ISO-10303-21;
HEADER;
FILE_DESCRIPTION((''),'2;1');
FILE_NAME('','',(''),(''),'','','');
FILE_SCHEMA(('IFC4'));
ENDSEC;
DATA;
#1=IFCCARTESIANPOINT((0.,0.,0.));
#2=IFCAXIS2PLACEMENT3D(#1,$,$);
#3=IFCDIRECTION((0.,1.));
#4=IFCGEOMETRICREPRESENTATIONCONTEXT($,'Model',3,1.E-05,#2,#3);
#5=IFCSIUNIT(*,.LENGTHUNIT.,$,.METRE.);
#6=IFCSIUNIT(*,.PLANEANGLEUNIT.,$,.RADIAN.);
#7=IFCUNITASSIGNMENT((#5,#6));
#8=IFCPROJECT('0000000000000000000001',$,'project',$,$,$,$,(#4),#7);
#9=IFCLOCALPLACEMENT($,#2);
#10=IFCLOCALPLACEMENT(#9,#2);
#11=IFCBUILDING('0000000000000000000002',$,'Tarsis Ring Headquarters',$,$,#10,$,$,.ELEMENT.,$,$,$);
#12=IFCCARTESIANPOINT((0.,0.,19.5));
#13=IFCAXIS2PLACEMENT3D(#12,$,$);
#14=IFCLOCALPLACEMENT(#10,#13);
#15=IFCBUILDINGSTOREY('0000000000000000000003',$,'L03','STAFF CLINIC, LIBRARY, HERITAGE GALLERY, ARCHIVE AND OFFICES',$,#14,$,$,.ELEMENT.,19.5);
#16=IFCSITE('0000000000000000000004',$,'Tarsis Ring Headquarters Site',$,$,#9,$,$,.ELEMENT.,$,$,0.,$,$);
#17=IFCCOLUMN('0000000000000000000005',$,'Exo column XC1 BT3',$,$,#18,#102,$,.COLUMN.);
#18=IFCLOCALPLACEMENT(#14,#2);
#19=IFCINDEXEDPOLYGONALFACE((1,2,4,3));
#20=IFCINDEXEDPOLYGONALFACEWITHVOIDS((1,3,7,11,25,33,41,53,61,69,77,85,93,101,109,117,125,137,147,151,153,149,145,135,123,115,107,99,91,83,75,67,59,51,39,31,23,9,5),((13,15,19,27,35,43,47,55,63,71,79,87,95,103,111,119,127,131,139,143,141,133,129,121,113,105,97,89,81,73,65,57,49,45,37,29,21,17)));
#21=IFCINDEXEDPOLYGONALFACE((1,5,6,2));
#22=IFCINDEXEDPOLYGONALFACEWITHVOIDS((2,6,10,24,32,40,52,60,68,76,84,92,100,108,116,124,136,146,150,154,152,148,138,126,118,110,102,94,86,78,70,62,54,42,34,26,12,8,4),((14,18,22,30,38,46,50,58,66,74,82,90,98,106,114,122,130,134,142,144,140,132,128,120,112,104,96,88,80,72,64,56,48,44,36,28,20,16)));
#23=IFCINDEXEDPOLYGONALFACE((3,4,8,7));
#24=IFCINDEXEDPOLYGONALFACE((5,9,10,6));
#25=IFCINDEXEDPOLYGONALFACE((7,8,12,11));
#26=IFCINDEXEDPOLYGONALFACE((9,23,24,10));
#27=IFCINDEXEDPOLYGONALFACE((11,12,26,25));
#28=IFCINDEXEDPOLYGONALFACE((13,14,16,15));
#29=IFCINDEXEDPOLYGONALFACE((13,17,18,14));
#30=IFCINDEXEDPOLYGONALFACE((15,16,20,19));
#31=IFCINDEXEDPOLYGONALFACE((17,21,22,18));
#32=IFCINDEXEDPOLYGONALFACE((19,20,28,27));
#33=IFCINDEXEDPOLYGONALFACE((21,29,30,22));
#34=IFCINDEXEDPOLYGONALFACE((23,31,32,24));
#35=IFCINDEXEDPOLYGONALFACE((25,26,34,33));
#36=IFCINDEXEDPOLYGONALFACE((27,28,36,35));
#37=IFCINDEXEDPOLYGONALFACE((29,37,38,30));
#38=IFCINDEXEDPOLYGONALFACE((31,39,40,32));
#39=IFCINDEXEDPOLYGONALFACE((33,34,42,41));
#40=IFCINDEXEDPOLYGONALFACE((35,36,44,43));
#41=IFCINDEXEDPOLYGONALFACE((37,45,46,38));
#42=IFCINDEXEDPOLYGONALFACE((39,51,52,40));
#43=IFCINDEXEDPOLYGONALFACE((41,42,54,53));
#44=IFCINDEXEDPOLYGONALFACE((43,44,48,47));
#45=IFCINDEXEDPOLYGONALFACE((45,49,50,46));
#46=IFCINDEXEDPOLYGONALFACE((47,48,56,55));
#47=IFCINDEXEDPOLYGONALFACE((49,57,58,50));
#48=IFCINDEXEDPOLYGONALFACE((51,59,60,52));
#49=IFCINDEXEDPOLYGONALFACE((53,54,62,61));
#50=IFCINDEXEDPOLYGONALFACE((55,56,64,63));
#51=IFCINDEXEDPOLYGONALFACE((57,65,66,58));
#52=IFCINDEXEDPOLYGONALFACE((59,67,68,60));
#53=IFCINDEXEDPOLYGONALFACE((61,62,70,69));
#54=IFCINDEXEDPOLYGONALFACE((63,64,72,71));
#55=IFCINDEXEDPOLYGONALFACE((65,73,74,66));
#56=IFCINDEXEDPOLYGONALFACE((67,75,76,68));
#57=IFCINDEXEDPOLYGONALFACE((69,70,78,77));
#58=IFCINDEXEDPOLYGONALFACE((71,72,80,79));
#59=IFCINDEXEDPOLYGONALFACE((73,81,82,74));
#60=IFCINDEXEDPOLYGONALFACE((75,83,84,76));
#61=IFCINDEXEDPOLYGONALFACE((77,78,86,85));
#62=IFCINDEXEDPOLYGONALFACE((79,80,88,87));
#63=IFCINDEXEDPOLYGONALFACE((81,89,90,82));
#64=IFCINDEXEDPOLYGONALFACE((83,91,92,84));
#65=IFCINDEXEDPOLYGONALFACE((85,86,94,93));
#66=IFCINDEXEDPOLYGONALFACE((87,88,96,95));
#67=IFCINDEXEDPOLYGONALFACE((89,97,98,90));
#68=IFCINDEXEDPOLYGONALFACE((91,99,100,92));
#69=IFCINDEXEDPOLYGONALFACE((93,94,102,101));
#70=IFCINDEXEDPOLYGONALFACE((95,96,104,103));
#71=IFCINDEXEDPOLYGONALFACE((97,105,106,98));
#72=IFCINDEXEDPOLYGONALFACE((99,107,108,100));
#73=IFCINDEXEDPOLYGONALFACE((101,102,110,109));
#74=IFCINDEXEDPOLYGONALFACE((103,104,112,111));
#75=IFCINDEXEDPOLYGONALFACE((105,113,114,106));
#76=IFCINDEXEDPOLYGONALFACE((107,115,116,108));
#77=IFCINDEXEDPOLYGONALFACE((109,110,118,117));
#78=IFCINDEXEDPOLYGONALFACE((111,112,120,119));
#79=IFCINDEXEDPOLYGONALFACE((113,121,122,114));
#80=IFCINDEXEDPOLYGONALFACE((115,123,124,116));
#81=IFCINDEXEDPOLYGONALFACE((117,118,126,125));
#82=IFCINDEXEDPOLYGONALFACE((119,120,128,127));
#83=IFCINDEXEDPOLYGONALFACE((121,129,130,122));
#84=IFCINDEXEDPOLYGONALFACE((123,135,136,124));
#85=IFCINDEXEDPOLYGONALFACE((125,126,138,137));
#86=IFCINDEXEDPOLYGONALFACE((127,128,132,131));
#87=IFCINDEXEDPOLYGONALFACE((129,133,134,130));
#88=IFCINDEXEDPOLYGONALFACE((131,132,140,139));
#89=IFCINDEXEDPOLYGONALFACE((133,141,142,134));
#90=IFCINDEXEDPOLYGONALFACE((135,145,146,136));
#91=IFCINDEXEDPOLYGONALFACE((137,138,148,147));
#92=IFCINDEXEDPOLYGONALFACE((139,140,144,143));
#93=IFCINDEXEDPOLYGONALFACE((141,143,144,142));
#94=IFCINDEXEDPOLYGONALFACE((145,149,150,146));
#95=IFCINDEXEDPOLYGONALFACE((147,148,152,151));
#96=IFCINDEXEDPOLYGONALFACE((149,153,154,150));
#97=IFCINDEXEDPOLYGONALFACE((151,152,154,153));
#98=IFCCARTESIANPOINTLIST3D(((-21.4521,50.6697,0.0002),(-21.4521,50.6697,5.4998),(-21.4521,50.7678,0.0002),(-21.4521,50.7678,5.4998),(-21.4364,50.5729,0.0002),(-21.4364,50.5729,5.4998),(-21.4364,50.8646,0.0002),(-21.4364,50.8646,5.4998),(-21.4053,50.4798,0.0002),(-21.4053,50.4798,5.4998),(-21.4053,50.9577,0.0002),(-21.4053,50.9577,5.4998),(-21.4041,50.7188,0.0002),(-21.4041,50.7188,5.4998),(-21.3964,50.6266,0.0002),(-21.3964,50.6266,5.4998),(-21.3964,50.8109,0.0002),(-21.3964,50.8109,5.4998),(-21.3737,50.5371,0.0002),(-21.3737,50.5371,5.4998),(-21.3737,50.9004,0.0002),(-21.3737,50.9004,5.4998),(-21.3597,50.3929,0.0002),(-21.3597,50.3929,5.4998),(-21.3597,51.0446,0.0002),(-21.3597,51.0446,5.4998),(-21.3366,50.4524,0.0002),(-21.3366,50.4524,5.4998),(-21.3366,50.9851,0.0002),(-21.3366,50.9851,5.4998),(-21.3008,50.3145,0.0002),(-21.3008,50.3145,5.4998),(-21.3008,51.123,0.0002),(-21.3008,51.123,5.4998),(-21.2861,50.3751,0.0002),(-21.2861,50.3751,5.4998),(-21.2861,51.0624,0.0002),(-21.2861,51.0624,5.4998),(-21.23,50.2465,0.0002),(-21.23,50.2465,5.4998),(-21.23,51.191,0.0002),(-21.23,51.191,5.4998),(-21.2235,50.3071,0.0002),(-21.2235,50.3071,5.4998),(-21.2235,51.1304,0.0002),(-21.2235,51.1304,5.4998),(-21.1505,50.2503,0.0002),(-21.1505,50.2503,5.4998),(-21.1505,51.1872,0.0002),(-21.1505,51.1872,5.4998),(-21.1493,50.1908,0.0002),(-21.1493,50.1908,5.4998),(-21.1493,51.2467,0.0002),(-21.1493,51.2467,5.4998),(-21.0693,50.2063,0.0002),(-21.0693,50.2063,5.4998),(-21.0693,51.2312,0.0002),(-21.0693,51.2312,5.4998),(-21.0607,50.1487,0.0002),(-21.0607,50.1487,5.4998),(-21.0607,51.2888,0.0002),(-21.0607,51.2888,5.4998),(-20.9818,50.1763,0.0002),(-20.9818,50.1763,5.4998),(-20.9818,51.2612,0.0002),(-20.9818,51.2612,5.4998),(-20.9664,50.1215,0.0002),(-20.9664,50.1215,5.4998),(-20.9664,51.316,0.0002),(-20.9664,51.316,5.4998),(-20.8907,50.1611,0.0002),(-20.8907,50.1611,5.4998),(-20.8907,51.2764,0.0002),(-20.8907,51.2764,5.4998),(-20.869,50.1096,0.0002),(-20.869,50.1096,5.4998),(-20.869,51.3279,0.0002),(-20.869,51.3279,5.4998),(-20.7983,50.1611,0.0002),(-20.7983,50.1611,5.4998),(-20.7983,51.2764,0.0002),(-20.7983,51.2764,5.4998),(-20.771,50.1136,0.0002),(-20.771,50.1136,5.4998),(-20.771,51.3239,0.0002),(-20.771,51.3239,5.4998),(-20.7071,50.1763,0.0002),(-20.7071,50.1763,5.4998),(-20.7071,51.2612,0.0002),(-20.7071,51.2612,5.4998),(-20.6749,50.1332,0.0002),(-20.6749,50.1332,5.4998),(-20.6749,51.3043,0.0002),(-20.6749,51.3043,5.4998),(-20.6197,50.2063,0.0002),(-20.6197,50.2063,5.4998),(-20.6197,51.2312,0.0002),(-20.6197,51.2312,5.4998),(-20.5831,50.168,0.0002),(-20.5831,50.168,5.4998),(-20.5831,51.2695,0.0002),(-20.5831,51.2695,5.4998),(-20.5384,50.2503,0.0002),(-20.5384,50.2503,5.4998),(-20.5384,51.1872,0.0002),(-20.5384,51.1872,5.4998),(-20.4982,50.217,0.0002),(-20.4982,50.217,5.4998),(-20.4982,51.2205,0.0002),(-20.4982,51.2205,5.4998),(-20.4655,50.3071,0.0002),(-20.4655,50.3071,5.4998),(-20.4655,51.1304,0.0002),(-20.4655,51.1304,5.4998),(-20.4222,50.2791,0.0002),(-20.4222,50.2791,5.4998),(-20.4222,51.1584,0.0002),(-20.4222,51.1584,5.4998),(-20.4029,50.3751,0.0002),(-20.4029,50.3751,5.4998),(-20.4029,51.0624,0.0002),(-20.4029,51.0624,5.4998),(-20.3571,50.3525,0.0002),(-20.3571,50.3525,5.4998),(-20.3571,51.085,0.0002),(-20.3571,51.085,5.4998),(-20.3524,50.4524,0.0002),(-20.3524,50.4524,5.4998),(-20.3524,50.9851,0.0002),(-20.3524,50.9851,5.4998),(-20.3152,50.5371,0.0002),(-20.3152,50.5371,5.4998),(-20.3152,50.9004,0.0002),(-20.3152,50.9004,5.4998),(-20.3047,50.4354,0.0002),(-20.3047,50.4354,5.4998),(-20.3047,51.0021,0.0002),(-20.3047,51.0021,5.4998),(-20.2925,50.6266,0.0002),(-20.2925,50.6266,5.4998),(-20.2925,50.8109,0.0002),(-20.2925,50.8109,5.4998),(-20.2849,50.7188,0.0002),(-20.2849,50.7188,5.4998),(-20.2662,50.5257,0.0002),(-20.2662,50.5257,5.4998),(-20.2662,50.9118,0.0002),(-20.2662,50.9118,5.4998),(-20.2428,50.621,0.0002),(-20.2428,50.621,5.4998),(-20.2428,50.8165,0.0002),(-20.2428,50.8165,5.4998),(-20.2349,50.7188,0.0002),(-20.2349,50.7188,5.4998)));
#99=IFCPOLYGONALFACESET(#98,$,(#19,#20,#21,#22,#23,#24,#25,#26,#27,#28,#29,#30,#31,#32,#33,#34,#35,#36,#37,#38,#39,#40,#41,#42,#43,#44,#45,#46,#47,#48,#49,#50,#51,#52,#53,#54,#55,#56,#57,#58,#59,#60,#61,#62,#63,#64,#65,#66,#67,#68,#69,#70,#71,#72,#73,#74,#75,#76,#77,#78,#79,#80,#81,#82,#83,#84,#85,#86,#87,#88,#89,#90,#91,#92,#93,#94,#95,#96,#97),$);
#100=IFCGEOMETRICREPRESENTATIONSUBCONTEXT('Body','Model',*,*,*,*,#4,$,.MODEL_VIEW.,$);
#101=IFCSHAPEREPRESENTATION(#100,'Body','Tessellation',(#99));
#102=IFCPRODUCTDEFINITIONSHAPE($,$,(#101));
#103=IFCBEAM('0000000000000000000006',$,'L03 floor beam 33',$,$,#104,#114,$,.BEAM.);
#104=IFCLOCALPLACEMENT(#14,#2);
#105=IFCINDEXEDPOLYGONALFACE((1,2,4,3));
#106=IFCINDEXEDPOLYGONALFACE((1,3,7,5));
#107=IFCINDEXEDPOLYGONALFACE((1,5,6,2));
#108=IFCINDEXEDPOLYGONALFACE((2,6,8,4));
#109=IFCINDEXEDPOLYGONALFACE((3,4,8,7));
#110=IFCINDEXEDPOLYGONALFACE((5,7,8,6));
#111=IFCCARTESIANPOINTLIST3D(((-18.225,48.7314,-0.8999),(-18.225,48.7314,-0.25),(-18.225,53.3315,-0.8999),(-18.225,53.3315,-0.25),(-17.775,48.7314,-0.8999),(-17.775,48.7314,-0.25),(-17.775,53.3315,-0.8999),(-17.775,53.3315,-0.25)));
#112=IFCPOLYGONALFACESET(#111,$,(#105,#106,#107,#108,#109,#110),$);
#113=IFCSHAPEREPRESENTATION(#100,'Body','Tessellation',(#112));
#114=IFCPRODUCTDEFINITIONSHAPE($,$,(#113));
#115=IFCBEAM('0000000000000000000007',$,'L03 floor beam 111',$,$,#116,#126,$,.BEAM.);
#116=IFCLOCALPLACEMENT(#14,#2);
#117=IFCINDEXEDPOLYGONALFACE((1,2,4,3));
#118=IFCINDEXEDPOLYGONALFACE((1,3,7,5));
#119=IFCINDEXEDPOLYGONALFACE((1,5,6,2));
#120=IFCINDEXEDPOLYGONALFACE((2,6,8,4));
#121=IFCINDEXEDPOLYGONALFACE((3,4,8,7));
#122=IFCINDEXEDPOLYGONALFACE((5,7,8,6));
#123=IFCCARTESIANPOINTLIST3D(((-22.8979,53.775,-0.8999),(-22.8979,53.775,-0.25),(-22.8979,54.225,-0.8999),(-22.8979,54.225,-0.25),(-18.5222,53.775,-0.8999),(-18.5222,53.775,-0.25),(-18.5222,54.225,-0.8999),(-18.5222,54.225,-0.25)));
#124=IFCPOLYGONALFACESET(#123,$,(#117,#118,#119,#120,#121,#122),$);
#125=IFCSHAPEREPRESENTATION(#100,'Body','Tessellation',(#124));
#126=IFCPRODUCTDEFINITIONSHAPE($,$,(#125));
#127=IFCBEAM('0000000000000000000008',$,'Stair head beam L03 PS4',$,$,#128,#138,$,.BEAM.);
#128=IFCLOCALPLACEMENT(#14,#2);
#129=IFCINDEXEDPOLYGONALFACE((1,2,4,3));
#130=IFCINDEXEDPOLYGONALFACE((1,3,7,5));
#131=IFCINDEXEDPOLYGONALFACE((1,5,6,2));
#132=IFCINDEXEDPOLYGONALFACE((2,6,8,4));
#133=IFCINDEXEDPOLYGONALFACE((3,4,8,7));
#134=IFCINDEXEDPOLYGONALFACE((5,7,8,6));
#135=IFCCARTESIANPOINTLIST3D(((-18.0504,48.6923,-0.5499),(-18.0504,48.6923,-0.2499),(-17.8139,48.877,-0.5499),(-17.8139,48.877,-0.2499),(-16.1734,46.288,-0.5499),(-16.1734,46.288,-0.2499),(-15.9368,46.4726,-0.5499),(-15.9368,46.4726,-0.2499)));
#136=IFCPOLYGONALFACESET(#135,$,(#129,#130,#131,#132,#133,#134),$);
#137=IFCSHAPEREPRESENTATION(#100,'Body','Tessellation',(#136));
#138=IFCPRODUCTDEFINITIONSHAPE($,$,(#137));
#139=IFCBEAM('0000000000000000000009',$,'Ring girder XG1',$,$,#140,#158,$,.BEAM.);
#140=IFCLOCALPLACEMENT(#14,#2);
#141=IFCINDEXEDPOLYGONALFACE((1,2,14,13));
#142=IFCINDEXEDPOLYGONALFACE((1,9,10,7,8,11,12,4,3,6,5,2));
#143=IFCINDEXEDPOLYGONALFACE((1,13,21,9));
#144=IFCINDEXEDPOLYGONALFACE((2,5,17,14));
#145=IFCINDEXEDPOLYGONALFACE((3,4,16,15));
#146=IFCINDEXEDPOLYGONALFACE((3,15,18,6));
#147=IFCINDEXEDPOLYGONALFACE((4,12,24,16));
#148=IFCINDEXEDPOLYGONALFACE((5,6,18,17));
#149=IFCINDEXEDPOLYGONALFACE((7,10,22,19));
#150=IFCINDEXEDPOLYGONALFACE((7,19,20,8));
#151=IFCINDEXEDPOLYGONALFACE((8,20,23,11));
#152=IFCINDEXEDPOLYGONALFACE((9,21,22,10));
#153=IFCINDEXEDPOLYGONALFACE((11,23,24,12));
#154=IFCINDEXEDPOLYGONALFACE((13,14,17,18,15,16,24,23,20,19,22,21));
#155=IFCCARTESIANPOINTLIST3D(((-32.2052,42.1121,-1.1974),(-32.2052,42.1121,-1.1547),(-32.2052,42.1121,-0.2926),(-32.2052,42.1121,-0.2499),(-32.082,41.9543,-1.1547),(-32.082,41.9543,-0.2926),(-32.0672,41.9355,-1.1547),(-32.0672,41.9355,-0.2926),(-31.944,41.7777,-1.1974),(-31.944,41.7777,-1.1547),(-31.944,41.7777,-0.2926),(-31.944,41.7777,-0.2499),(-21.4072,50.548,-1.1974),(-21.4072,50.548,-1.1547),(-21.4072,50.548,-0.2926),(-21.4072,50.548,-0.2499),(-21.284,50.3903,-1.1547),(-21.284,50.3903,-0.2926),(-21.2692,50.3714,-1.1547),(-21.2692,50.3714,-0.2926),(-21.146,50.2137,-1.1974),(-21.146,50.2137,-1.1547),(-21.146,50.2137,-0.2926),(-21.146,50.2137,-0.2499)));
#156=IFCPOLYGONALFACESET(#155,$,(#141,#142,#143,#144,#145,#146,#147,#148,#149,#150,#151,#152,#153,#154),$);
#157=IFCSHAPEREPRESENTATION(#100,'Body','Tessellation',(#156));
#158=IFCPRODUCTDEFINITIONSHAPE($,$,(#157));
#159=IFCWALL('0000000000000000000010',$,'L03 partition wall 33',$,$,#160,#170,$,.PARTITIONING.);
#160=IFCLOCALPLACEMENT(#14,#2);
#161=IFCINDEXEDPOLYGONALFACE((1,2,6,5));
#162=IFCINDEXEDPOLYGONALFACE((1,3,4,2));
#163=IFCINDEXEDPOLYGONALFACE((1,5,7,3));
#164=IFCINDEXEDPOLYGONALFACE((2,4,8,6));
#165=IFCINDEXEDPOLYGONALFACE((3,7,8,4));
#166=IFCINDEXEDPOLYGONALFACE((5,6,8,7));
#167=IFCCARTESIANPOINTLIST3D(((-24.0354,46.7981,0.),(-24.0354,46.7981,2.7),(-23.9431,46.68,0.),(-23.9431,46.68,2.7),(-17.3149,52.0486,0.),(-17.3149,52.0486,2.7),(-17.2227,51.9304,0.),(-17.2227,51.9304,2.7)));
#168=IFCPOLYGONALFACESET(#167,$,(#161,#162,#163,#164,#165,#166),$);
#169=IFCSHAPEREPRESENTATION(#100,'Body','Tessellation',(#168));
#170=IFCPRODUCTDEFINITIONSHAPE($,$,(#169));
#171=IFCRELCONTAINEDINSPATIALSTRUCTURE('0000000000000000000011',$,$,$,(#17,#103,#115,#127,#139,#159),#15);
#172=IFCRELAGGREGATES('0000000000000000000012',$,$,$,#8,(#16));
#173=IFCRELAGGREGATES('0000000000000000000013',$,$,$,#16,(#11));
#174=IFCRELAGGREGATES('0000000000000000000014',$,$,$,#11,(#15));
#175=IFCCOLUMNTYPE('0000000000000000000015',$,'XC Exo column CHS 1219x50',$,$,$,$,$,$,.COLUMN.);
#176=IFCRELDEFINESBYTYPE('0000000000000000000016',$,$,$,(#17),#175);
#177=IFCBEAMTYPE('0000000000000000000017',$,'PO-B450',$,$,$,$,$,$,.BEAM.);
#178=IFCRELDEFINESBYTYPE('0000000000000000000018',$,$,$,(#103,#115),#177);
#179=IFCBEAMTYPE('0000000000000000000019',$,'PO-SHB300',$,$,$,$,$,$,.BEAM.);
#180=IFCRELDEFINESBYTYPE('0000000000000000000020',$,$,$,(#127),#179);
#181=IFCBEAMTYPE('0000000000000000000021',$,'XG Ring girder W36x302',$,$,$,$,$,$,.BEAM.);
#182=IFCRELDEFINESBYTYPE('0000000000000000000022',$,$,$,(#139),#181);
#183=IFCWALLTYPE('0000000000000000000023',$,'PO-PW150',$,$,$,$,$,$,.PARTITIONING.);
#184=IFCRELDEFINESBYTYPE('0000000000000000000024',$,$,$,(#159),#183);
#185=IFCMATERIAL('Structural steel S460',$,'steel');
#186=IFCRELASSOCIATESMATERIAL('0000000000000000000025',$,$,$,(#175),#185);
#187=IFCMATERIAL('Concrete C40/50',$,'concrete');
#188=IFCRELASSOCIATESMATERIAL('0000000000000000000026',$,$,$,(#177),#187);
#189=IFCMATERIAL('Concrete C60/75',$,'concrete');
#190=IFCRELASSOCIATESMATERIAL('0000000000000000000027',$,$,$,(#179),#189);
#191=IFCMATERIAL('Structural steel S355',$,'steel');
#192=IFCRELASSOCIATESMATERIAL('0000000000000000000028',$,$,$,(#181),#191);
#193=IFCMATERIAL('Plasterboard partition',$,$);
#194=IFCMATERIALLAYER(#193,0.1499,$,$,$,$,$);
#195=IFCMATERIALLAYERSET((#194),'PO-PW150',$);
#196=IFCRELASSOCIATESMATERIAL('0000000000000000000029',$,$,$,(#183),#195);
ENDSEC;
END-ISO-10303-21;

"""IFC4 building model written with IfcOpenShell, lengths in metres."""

from ifc_helpers import new_model, si_unit, direction, frame, frame_2d, origin, origin_2d, place, context, subcontext, project, spatial, rectangle, hollow_circle, i_section, extrude, material, layer, layer_set, material_profile, profile_set, type_object, element, save


model = new_model("IFC4")

# Units and contexts
model_context = context("Model", 3, precision=1e-05, world=origin(), true_north=direction((0.0, 1.0)))
body_context = subcontext(model_context, "Body", "Model", "MODEL_VIEW")
ifc_project = project(units=[si_unit("LENGTHUNIT", "METRE"), si_unit("PLANEANGLEUNIT", "RADIAN")], contexts=[model_context])

# Site, building, storey
site_placement = place(None, origin())
site = spatial("IfcSite", under=ifc_project, at=site_placement, Name="Tarsis Ring Headquarters Site", CompositionType="ELEMENT", RefElevation=0.0)
building_placement = place(site_placement, origin())
building = spatial("IfcBuilding", under=site, at=building_placement, Name="Tarsis Ring Headquarters", CompositionType="ELEMENT")
storey_placement = place(building_placement, frame((0.0, 0.0, 19.5)))
storey = spatial("IfcBuildingStorey", under=building, at=storey_placement, Name="L03", Description="STAFF CLINIC, LIBRARY, HERITAGE GALLERY, ARCHIVE AND OFFICES", CompositionType="ELEMENT", Elevation=19.5)

# Column
ifc_material_1 = material(Name="Structural steel S460", Category="steel")
ifc_material_profile_1 = material_profile(ifc_material_1, hollow_circle(Radius=0.6096, WallThickness=0.05, at=origin_2d()), Name="CHS 1219x50")
ifc_profile_set_1 = profile_set([ifc_material_profile_1], Name="Structural steel S460")
column_type = type_object("IfcColumnType", Name="XC Exo column CHS 1219x50", PredefinedType="COLUMN", material=ifc_profile_set_1)
column_placement = place(storey_placement, frame((-20.8445, 50.7188, 0.0002), z_axis=(0.0, 0.0, 1.0), x_axis=(1.0, 0.0, 0.0)))
element("IfcColumn", 1, at=column_placement, inside=storey, type_object=column_type, Name="Exo column XC1 BT3", PredefinedType="COLUMN", context=body_context, shape_type="SweptSolid", body=[
    extrude(hollow_circle(Radius=0.6096, WallThickness=0.05, at=origin_2d()), origin(), (0.0, 0.0, 1.0), 5.4995),
])

# Beams
ifc_material_2 = material(Name="Concrete C40/50", Category="concrete")
ifc_material_profile_2 = material_profile(ifc_material_2, rectangle(XDim=0.45, YDim=0.6499, at=origin_2d()), Name="PO-B450")
ifc_profile_set_2 = profile_set([ifc_material_profile_2], Name="Concrete C40/50")
beam_type_1 = type_object("IfcBeamType", Name="PO-B450", PredefinedType="BEAM", material=ifc_profile_set_2)
beam_1_placement = place(storey_placement, frame((-18.0, 48.7314, -0.575), z_axis=(0.0, 1.0, 0.0), x_axis=(-1.0, 0.0, 0.0)))
element("IfcBeam", 2, at=beam_1_placement, inside=storey, type_object=beam_type_1, Name="L03 floor beam 33", PredefinedType="BEAM", context=body_context, shape_type="SweptSolid", body=[
    extrude(rectangle(XDim=0.45, YDim=0.6499, at=origin_2d()), origin(), (0.0, 0.0, 1.0), 4.6001),
])
beam_2_placement = place(storey_placement, frame((-22.8979, 54.0, -0.575), z_axis=(1.0, 0.0, 0.0), x_axis=(0.0, 1.0, 0.0)))
element("IfcBeam", 3, at=beam_2_placement, inside=storey, type_object=beam_type_1, Name="L03 floor beam 111", PredefinedType="BEAM", context=body_context, shape_type="SweptSolid", body=[
    extrude(rectangle(XDim=0.45, YDim=0.6499, at=origin_2d()), origin(), (0.0, 0.0, 1.0), 4.3757),
])
ifc_material_3 = material(Name="Concrete C60/75", Category="concrete")
ifc_material_profile_3 = material_profile(ifc_material_3, rectangle(XDim=0.3, YDim=0.3, at=origin_2d()), Name="PO-SHB300")
ifc_profile_set_3 = profile_set([ifc_material_profile_3], Name="Concrete C60/75")
beam_type_2 = type_object("IfcBeamType", Name="PO-SHB300", PredefinedType="BEAM", material=ifc_profile_set_3)
beam_3_placement = place(storey_placement, frame((-17.9321, 48.7847, -0.3999), z_axis=(0.615358, -0.788248, 0.0), x_axis=(0.788248, 0.615358, 0.0)))
element("IfcBeam", 4, at=beam_3_placement, inside=storey, type_object=beam_type_2, Name="Stair head beam L03 PS4", PredefinedType="BEAM", context=body_context, shape_type="SweptSolid", body=[
    extrude(rectangle(XDim=0.3, YDim=0.3, at=origin_2d()), origin(), (0.0, 0.0, 1.0), 3.0503),
])
ifc_material_4 = material(Name="Structural steel S355", Category="steel")
ifc_material_profile_4 = material_profile(ifc_material_4, i_section(OverallWidth=0.4243, OverallDepth=0.9475, WebThickness=0.0239, FlangeThickness=0.0427, at=origin_2d()), Name="W36x302")
ifc_profile_set_4 = profile_set([ifc_material_profile_4], Name="Structural steel S355")
beam_type_3 = type_object("IfcBeamType", Name="XG Ring girder W36x302", PredefinedType="BEAM", material=ifc_profile_set_4)
beam_4_placement = place(storey_placement, frame((-21.2766, 50.3809, -0.7236), z_axis=(-0.788024, -0.615645, 0.0), x_axis=(0.615645, -0.788024, 0.0)))
element("IfcBeam", 5, at=beam_4_placement, inside=storey, type_object=beam_type_3, Name="Ring girder XG1", PredefinedType="BEAM", context=body_context, shape_type="SweptSolid", body=[
    extrude(i_section(OverallWidth=0.4243, OverallDepth=0.9475, WebThickness=0.0239, FlangeThickness=0.0427, at=origin_2d()), origin(), (0.0, 0.0, 1.0), 13.7026),
])

# Wall
ifc_material_5 = material(Name="Plasterboard partition")
ifc_layer_1 = layer(ifc_material_5, 0.1499)
ifc_layer_set_1 = layer_set([ifc_layer_1], Name="PO-PW150")
wall_type_1 = type_object("IfcWallType", Name="PO-PW150", PredefinedType="PARTITIONING", material=ifc_layer_set_1)
wall_1_placement = place(storey_placement, frame((-23.9893, 46.739, 0.0), z_axis=(0.0, 0.0, 1.0), x_axis=(0.788017, 0.615653, 0.0)))
element("IfcWall", 6, at=wall_1_placement, inside=storey, type_object=wall_type_1, Name="L03 partition wall 33", PredefinedType="PARTITIONING", context=body_context, shape_type="SweptSolid", body=[
    extrude(rectangle(XDim=8.5283, YDim=0.1499, at=frame_2d((4.2642, 0.0))), origin(), (0.0, 0.0, 1.0), 2.7),
])

save(model, "model.ifc")
